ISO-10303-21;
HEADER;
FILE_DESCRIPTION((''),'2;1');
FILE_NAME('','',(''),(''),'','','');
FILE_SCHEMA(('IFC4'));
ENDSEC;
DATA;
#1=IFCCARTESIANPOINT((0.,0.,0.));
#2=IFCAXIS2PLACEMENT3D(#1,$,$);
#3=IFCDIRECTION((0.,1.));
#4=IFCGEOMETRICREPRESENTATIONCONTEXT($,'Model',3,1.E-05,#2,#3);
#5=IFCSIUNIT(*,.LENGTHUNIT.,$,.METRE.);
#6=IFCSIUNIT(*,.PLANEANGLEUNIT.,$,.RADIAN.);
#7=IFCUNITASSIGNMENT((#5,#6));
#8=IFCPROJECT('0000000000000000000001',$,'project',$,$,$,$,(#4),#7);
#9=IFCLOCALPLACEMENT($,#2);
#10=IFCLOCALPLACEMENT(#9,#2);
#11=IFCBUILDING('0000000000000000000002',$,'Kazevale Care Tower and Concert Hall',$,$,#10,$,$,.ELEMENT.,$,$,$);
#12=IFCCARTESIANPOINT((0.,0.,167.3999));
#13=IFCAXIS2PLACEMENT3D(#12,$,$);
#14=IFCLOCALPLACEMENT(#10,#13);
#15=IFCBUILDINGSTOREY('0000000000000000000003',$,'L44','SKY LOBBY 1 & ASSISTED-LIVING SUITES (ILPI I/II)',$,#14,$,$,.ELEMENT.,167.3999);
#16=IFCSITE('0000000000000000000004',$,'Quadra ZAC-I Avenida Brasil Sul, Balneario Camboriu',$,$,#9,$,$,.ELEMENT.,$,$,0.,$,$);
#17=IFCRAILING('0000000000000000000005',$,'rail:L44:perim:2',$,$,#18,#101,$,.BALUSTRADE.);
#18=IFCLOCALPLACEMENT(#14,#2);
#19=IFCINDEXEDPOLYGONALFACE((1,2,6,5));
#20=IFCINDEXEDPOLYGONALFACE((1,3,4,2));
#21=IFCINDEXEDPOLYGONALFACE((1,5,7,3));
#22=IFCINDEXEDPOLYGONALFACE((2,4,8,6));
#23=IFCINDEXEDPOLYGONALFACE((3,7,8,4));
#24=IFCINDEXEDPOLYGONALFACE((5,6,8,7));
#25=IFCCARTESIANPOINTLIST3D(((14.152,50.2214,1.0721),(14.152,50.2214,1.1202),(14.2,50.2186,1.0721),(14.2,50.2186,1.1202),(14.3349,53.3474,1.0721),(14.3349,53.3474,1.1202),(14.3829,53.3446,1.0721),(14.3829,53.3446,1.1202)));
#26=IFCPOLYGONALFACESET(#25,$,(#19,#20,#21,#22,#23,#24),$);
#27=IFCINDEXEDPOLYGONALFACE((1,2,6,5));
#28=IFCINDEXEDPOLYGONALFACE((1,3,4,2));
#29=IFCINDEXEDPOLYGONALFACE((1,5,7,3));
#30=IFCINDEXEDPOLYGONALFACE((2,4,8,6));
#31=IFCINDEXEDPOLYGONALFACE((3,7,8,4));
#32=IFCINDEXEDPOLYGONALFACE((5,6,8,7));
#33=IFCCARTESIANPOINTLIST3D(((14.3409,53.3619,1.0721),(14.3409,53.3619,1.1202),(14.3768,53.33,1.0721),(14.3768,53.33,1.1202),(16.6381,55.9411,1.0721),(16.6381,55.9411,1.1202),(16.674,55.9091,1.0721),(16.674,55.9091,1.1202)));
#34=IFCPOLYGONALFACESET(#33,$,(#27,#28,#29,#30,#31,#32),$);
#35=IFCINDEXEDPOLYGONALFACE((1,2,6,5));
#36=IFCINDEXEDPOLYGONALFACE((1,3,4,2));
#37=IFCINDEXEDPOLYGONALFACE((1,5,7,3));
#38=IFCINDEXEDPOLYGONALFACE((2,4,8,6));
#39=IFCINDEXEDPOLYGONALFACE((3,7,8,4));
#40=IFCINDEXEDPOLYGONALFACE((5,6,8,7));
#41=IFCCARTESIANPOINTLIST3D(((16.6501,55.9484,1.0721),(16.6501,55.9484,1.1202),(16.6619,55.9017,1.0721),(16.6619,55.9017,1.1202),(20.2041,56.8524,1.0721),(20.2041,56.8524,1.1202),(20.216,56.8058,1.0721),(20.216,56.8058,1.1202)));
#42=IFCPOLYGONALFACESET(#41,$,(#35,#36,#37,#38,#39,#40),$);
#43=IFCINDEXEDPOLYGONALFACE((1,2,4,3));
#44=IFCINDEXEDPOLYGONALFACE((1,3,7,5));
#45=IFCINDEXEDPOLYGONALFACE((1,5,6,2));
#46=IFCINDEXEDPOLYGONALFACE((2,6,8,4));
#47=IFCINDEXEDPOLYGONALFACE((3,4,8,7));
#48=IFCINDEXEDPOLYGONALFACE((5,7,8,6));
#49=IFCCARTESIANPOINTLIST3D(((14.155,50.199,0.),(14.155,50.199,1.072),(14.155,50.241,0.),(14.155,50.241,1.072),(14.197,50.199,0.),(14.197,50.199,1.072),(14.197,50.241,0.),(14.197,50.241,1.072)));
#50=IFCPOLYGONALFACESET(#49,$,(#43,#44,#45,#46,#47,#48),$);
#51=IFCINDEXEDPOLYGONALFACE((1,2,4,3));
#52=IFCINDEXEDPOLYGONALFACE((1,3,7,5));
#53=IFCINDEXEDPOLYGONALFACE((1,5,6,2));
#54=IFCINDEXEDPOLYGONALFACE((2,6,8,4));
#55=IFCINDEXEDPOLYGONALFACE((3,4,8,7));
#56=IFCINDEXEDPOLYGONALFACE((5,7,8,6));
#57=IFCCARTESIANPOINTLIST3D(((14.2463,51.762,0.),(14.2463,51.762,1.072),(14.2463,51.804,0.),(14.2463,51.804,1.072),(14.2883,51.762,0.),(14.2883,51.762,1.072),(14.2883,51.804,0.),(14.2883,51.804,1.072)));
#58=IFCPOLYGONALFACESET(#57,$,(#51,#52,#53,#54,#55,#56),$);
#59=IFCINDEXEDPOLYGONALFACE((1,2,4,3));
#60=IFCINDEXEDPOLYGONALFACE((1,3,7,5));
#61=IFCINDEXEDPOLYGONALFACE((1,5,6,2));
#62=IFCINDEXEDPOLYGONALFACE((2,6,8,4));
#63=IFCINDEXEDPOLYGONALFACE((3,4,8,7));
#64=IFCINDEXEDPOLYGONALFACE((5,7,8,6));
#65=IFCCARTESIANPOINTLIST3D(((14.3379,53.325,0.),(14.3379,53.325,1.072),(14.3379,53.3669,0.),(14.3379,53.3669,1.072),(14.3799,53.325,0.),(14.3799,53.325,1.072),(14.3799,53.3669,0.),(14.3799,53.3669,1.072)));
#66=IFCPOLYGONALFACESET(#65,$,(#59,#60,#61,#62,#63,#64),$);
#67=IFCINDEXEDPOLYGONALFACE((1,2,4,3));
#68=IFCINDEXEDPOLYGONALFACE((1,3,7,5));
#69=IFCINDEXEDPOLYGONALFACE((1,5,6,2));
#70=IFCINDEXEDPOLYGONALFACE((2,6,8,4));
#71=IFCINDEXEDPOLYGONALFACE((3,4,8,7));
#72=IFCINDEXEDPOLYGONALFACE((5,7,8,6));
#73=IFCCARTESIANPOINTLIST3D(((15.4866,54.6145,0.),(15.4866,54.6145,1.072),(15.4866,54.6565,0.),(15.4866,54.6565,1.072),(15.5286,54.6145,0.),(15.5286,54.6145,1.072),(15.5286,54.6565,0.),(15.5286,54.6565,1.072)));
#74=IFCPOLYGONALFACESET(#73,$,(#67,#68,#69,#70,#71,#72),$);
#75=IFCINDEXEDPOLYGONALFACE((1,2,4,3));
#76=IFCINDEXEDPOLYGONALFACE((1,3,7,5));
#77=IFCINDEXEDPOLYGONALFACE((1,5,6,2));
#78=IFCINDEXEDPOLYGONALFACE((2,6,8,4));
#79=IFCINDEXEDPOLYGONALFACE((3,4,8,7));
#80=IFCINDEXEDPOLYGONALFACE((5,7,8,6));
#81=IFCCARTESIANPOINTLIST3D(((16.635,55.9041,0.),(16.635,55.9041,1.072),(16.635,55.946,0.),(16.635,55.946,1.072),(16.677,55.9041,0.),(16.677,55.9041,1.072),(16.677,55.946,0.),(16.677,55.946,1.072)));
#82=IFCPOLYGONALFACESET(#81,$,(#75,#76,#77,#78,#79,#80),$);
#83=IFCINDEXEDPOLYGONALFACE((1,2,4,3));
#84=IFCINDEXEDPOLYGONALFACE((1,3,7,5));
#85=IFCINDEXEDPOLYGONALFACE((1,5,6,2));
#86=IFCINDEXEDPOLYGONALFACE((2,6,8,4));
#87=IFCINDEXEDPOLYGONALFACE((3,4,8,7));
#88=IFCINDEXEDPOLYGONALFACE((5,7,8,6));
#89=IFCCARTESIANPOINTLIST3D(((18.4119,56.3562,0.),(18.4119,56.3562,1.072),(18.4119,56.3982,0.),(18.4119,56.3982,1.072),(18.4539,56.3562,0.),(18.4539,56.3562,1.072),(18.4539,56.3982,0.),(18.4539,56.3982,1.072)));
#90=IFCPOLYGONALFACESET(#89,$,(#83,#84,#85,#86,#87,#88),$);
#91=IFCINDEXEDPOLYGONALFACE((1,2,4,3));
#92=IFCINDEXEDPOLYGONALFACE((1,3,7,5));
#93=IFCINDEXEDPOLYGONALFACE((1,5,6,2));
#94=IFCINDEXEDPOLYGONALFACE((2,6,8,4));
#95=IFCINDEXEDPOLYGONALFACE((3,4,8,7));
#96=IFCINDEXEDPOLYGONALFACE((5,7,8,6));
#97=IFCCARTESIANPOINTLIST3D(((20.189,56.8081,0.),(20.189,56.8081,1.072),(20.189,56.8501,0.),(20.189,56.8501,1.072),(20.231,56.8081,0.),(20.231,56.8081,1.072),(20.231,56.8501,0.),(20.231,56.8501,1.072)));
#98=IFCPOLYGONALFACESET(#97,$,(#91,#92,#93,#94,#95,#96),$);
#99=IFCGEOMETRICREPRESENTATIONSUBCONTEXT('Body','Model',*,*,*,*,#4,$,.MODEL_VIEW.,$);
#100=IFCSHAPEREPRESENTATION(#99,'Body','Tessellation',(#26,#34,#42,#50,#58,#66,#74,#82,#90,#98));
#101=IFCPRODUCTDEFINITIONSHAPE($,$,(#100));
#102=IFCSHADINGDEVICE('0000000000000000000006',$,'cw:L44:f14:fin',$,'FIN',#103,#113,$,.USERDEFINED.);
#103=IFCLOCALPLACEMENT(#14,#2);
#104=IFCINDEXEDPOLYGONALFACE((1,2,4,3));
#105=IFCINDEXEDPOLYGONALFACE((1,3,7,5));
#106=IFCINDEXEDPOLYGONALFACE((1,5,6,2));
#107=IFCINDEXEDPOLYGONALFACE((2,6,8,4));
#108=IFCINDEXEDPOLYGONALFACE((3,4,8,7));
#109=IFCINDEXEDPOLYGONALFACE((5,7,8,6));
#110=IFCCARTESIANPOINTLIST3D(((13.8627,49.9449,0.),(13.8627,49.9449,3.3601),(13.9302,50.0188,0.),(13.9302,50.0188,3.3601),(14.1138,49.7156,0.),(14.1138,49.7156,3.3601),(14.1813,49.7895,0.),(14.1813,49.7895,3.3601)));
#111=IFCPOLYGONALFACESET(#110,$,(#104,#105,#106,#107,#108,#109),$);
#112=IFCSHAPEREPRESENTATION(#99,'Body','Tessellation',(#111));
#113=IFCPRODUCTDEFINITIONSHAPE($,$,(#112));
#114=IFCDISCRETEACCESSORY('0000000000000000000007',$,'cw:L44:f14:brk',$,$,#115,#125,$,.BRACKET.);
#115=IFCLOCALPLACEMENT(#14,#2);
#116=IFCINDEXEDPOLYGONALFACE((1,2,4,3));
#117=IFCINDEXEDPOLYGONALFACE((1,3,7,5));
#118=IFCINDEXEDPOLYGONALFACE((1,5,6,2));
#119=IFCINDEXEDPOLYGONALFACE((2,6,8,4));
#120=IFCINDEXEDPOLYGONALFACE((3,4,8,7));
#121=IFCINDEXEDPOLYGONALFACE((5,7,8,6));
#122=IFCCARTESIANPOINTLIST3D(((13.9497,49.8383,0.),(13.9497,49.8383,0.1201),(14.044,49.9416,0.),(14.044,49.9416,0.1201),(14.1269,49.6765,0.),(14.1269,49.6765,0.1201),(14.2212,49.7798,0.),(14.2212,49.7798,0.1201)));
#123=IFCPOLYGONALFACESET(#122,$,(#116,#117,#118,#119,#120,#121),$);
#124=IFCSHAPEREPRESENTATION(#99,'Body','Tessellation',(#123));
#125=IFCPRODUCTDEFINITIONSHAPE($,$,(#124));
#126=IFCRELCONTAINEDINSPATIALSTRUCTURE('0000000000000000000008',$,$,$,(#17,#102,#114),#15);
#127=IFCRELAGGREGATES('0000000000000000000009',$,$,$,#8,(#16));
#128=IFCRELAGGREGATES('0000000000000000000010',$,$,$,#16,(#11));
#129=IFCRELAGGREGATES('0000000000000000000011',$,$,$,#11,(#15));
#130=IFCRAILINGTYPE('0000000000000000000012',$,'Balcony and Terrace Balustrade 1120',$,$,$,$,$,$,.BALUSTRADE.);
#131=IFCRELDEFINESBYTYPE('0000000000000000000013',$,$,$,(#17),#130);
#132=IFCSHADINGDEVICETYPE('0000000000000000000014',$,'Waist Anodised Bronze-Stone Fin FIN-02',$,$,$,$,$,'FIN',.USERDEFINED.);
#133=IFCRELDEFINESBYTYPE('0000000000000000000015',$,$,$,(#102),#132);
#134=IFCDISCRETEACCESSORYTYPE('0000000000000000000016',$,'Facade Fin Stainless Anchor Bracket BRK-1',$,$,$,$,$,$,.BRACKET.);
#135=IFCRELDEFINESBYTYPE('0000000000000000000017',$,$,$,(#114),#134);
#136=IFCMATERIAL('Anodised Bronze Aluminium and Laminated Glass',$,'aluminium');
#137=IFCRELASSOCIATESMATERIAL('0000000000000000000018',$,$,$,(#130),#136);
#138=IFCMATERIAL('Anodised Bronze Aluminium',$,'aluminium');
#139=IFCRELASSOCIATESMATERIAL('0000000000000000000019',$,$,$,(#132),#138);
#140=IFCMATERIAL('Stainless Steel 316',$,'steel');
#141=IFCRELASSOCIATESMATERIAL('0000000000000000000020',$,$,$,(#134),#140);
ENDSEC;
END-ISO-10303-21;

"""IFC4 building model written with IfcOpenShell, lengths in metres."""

from ifc_helpers import new_model, si_unit, direction, frame, origin, origin_2d, place, context, subcontext, project, spatial, rectangle, extrude, material, type_object, element, save


model = new_model("IFC4")

# Units and contexts
model_context = context("Model", 3, precision=1e-05, world=origin(), true_north=direction((0.0, 1.0)))
body_context = subcontext(model_context, "Body", "Model", "MODEL_VIEW")
ifc_project = project(units=[si_unit("LENGTHUNIT", "METRE"), si_unit("PLANEANGLEUNIT", "RADIAN")], contexts=[model_context])

# Site, building, storey
site_placement = place(None, origin())
site = spatial("IfcSite", under=ifc_project, at=site_placement, Name="Quadra ZAC-I Avenida Brasil Sul, Balneario Camboriu", CompositionType="ELEMENT", RefElevation=0.0)
building_placement = place(site_placement, origin())
building = spatial("IfcBuilding", under=site, at=building_placement, Name="Kazevale Care Tower and Concert Hall", CompositionType="ELEMENT")
storey_placement = place(building_placement, frame((0.0, 0.0, 167.3999)))
storey = spatial("IfcBuildingStorey", under=building, at=storey_placement, Name="L44", Description="SKY LOBBY 1 & ASSISTED-LIVING SUITES (ILPI I/II)", CompositionType="ELEMENT", Elevation=167.3999)

# Railing
ifc_material_1 = material(Name="Anodised Bronze Aluminium and Laminated Glass", Category="aluminium")
railing_type = type_object("IfcRailingType", Name="Balcony and Terrace Balustrade 1120", PredefinedType="BALUSTRADE", material=ifc_material_1)
railing_placement = place(storey_placement, frame((14.176, 50.22, 0.0)))
element("IfcRailing", 1, at=railing_placement, inside=storey, type_object=railing_type, Name="rail:L44:perim:2", PredefinedType="BALUSTRADE", context=body_context, shape_type="SweptSolid", body=[
    extrude(rectangle(XDim=0.0481, YDim=0.0481, at=origin_2d()), frame((0.0, 0.0, 1.0962), z_axis=(0.058398, 0.998293, 0.0), x_axis=(-0.998293, 0.058398, 0.0)), (0.0, 0.0, 1.0), 3.1313),
    extrude(rectangle(XDim=0.0481, YDim=0.0481, at=origin_2d()), frame((0.1829, 3.126, 1.0962), z_axis=(0.665105, 0.74675, 0.0), x_axis=(-0.74675, 0.665105, 0.0)), (0.0, 0.0, 1.0), 3.4539),
    extrude(rectangle(XDim=0.0481, YDim=0.0481, at=origin_2d()), frame((2.48, 5.7051, 1.0962), z_axis=(0.969136, 0.246528, 0.0), x_axis=(-0.246528, 0.969136, 0.0)), (0.0, 0.0, 1.0), 3.6672),
    extrude(rectangle(XDim=0.042, YDim=0.042, at=origin_2d()), origin(), (0.0, 0.0, 1.0), 1.072),
    extrude(rectangle(XDim=0.042, YDim=0.042, at=origin_2d()), frame((0.0913, 1.563, 0.0)), (0.0, 0.0, 1.0), 1.072),
    extrude(rectangle(XDim=0.042, YDim=0.042, at=origin_2d()), frame((0.1829, 3.126, 0.0)), (0.0, 0.0, 1.0), 1.072),
    extrude(rectangle(XDim=0.042, YDim=0.042, at=origin_2d()), frame((1.3315, 4.4155, 0.0)), (0.0, 0.0, 1.0), 1.072),
    extrude(rectangle(XDim=0.042, YDim=0.042, at=origin_2d()), frame((2.48, 5.7051, 0.0)), (0.0, 0.0, 1.0), 1.072),
    extrude(rectangle(XDim=0.042, YDim=0.042, at=origin_2d()), frame((4.2568, 6.1572, 0.0)), (0.0, 0.0, 1.0), 1.072),
    extrude(rectangle(XDim=0.042, YDim=0.042, at=origin_2d()), frame((6.0339, 6.6091, 0.0)), (0.0, 0.0, 1.0), 1.072),
])

# Shading device
ifc_material_2 = material(Name="Anodised Bronze Aluminium", Category="aluminium")
shading_device_type = type_object("IfcShadingDeviceType", Name="Waist Anodised Bronze-Stone Fin FIN-02", ElementType="FIN", PredefinedType="USERDEFINED", material=ifc_material_2)
shading_device_placement = place(storey_placement, frame((14.022, 49.8672, 0.0), z_axis=(0.0, 0.0, 1.0), x_axis=(-0.738455, 0.674302, 0.0)))
element("IfcShadingDevice", 2, at=shading_device_placement, inside=storey, type_object=shading_device_type, Name="cw:L44:f14:fin", ObjectType="FIN", PredefinedType="USERDEFINED", context=body_context, shape_type="SweptSolid", body=[
    extrude(rectangle(XDim=0.3401, YDim=0.1001, at=origin_2d()), origin(), (0.0, 0.0, 1.0), 3.3601),
])

# Discrete accessory
ifc_material_3 = material(Name="Stainless Steel 316", Category="steel")
discrete_accessory_type = type_object("IfcDiscreteAccessoryType", Name="Facade Fin Stainless Anchor Bracket BRK-1", PredefinedType="BRACKET", material=ifc_material_3)
discrete_accessory_placement = place(storey_placement, frame((14.0854, 49.8091, 0.0), z_axis=(0.0, 0.0, 1.0), x_axis=(-0.738455, 0.674302, 0.0)))
element("IfcDiscreteAccessory", 3, at=discrete_accessory_placement, inside=storey, type_object=discrete_accessory_type, Name="cw:L44:f14:brk", PredefinedType="BRACKET", context=body_context, shape_type="SweptSolid", body=[
    extrude(rectangle(XDim=0.24, YDim=0.1399, at=origin_2d()), origin(), (0.0, 0.0, 1.0), 0.1201),
])

save(model, "model.ifc")
